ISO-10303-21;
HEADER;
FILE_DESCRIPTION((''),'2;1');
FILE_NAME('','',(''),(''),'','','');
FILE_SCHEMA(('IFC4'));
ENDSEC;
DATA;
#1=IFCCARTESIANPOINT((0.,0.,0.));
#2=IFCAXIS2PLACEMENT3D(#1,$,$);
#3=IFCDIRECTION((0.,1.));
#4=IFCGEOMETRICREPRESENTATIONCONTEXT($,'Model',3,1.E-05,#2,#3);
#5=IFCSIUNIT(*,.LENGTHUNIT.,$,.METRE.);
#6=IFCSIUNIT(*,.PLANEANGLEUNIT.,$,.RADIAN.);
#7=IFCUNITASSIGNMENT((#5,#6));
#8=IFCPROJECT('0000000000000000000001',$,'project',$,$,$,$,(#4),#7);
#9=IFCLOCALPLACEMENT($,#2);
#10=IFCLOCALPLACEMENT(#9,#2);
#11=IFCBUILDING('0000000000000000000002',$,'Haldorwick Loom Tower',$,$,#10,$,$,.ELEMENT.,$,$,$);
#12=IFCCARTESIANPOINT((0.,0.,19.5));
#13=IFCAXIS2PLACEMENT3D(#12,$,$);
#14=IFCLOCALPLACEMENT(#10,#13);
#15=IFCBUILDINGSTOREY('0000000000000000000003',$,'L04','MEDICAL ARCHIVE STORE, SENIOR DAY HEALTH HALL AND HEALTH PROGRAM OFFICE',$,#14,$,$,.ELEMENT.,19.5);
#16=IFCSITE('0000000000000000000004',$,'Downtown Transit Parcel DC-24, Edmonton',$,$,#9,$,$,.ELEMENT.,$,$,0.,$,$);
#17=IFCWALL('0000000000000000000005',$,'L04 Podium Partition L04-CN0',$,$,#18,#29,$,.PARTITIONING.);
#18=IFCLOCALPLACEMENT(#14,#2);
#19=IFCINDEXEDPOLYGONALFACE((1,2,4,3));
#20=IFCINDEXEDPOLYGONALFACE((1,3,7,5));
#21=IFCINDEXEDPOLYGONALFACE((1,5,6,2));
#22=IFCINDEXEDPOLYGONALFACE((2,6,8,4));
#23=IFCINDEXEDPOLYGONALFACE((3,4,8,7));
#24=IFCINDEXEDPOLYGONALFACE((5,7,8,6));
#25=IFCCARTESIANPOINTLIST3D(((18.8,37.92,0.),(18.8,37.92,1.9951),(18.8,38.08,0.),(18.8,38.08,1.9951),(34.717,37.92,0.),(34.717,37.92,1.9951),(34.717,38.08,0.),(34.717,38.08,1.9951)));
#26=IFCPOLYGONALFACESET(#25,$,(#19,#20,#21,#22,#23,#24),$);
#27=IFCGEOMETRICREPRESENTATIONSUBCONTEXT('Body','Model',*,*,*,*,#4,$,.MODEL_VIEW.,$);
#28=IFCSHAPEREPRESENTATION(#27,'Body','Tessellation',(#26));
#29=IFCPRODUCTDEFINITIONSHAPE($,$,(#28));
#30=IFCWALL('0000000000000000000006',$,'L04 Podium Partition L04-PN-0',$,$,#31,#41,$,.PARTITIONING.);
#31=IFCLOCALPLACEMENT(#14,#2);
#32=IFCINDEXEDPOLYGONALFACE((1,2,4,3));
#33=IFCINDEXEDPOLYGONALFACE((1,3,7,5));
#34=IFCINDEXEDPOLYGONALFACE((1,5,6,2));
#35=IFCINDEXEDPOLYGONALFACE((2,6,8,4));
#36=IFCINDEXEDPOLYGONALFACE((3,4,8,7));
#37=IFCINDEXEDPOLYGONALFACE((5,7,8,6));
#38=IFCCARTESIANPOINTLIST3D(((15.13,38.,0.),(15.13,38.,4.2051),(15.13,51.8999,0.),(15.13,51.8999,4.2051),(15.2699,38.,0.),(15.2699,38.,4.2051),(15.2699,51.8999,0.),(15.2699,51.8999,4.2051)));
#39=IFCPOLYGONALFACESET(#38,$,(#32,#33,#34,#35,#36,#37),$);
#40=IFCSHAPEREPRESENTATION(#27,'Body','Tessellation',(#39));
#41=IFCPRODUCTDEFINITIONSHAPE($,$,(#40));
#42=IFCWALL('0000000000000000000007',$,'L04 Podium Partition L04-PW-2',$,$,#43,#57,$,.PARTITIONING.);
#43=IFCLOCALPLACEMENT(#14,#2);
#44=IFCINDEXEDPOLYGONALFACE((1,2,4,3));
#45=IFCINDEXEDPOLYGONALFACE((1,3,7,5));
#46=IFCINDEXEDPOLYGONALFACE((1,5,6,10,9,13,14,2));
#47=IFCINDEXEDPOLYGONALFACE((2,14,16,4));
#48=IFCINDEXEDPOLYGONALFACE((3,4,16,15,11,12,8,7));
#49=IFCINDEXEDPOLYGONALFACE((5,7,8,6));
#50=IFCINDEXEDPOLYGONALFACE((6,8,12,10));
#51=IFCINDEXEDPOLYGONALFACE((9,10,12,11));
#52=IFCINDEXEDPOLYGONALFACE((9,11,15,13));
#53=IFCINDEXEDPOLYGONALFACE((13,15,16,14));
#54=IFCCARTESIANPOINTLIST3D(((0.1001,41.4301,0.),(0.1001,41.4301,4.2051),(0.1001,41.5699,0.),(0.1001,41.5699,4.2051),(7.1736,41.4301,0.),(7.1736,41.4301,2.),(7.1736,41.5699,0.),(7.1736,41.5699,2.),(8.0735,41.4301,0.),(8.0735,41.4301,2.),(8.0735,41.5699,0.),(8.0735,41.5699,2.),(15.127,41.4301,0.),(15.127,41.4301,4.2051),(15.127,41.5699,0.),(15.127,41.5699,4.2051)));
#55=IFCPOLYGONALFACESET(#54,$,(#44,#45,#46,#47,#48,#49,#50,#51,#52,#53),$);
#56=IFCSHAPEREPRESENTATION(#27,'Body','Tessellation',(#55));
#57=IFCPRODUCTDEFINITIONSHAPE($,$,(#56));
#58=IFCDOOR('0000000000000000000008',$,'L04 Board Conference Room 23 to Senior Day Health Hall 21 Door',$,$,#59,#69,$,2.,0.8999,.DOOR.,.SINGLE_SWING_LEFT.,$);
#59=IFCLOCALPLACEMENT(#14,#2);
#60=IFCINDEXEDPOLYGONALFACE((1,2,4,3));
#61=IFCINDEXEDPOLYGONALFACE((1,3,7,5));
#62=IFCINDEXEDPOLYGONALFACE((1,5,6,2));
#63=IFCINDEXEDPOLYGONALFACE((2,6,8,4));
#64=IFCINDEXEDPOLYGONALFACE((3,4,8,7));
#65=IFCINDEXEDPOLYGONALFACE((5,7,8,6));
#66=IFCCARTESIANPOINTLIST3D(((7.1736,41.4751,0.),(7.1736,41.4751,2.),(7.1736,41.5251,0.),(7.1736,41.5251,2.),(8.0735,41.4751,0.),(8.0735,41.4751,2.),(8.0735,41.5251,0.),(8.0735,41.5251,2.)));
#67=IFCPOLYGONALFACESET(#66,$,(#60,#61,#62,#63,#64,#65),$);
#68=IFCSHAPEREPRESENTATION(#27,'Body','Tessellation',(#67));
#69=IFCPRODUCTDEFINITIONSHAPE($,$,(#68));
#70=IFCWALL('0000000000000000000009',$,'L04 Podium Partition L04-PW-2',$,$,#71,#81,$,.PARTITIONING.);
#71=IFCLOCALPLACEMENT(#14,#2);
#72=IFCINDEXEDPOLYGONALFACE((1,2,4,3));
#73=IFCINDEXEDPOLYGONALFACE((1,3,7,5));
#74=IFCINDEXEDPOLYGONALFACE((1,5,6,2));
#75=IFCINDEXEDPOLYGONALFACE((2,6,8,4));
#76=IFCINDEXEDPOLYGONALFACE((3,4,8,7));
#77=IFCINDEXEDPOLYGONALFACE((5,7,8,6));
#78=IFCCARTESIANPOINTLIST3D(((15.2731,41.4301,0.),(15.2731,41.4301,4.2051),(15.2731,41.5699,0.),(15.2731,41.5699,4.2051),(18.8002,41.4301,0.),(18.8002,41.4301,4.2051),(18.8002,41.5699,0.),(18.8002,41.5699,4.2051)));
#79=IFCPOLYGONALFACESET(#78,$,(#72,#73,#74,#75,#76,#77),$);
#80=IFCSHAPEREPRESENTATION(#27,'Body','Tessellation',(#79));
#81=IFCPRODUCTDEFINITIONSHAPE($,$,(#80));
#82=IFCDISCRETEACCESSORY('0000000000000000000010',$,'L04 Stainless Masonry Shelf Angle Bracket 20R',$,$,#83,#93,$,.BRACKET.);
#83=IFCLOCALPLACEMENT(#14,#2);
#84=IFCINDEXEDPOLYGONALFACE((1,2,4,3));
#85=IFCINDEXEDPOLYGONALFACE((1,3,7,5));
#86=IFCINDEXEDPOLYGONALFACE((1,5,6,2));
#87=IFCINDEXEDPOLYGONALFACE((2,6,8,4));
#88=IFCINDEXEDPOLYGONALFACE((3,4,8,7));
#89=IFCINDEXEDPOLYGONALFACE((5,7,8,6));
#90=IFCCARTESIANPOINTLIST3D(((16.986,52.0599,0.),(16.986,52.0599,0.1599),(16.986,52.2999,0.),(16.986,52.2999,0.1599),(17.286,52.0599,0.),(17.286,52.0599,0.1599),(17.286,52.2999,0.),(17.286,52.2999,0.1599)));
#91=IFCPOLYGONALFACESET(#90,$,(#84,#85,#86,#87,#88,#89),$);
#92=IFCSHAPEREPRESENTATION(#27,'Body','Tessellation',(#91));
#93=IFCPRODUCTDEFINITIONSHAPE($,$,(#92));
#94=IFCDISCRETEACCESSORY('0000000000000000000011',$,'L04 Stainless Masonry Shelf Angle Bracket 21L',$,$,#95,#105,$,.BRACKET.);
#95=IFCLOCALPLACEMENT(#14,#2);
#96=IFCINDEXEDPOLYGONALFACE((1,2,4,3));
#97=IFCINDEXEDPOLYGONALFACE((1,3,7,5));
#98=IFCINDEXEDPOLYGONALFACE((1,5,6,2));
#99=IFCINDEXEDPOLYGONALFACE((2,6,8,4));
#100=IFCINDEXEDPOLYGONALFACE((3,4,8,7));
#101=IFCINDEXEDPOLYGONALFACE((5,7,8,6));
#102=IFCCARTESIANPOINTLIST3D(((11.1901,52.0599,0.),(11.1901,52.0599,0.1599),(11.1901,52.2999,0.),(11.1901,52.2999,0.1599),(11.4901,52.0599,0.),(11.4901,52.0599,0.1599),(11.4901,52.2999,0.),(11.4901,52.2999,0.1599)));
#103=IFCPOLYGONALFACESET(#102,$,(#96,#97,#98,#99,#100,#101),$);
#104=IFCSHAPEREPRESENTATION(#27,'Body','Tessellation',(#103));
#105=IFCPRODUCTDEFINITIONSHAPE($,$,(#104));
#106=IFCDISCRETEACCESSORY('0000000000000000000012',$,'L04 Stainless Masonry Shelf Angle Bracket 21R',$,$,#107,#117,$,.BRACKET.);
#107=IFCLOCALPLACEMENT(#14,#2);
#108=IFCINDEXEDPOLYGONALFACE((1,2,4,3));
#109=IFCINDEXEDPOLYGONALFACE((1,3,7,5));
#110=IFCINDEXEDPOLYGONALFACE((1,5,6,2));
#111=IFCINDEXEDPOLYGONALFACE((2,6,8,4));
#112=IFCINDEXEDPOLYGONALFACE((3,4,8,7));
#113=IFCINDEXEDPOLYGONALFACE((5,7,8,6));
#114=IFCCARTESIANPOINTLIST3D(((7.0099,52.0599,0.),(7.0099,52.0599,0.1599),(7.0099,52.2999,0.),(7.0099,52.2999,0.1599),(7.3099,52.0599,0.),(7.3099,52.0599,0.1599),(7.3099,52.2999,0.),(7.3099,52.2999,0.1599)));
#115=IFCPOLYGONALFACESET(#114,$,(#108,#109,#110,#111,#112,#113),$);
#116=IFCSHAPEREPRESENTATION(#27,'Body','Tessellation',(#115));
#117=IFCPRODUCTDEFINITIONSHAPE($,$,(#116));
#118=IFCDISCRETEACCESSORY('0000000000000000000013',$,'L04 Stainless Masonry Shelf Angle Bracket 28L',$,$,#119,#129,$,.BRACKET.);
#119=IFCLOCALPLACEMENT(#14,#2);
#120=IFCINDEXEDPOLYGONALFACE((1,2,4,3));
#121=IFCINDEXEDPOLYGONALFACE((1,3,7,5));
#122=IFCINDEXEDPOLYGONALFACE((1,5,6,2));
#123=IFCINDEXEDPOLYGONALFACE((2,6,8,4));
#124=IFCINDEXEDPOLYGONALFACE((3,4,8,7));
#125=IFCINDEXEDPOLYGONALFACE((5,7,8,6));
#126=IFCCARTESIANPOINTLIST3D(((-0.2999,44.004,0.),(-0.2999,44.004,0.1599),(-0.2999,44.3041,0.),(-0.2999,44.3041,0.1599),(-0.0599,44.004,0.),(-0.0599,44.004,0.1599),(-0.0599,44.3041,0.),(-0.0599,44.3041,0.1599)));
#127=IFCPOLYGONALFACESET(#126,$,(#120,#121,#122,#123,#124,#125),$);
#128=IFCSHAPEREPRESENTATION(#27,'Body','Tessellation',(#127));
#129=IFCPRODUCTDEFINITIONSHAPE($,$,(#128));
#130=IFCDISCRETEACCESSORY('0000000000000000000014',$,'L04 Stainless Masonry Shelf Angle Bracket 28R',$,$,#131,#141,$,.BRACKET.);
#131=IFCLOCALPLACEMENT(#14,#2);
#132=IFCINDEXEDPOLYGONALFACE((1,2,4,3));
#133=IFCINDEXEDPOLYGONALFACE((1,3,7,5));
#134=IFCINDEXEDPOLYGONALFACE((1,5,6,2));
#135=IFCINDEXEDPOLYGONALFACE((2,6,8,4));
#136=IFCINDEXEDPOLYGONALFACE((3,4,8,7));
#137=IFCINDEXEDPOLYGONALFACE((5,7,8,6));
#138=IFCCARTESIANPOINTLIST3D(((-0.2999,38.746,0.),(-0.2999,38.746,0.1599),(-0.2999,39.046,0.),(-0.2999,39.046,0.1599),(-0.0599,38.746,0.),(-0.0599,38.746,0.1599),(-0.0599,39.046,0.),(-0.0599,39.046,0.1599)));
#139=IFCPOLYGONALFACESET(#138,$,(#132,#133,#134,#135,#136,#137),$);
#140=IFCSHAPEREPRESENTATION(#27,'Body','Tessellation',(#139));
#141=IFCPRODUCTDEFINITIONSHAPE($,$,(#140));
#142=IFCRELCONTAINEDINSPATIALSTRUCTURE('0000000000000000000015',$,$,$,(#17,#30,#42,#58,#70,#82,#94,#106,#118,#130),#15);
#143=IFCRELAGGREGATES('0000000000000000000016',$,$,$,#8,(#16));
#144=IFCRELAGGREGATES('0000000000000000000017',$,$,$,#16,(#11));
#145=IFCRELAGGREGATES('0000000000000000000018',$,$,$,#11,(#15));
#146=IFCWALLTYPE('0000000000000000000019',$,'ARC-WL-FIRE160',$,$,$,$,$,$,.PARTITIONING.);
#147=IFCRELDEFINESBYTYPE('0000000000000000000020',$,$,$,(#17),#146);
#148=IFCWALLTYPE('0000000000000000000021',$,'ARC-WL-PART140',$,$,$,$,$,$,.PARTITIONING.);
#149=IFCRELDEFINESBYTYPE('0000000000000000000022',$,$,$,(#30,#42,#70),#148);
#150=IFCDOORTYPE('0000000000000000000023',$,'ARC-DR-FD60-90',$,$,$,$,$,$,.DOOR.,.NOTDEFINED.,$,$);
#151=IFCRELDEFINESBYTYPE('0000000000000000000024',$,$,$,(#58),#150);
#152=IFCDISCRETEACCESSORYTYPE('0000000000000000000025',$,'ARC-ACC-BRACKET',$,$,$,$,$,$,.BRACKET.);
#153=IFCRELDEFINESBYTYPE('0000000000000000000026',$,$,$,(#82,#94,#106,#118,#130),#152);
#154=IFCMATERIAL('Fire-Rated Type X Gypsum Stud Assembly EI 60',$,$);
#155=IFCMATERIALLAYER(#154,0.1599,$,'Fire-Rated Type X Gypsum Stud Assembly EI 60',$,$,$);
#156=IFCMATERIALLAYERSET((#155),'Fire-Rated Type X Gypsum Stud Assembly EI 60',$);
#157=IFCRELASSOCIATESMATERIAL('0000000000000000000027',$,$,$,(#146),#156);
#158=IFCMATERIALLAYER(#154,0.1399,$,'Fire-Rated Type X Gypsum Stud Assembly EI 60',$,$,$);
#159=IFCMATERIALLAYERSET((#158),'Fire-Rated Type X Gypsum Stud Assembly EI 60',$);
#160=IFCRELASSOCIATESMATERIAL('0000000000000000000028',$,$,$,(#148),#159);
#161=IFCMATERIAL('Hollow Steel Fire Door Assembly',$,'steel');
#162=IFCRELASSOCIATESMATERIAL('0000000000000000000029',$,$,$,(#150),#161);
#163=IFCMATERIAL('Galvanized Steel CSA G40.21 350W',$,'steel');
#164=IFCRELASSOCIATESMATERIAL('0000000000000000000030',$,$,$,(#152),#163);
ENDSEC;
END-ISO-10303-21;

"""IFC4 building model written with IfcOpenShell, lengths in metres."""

from ifc_helpers import new_model, si_unit, direction, frame, frame_2d, origin, origin_2d, place, context, subcontext, project, spatial, rectangle, extrude, material, layer, layer_set, type_object, element, fill, save


model = new_model("IFC4")

# Units and contexts
model_context = context("Model", 3, precision=1e-05, world=origin(), true_north=direction((0.0, 1.0)))
body_context = subcontext(model_context, "Body", "Model", "MODEL_VIEW")
ifc_project = project(units=[si_unit("LENGTHUNIT", "METRE"), si_unit("PLANEANGLEUNIT", "RADIAN")], contexts=[model_context])

# Site, building, storey
site_placement = place(None, origin())
site = spatial("IfcSite", under=ifc_project, at=site_placement, Name="Downtown Transit Parcel DC-24, Edmonton", CompositionType="ELEMENT", RefElevation=0.0)
building_placement = place(site_placement, origin())
building = spatial("IfcBuilding", under=site, at=building_placement, Name="Haldorwick Loom Tower", CompositionType="ELEMENT")
storey_placement = place(building_placement, frame((0.0, 0.0, 19.5)))
storey = spatial("IfcBuildingStorey", under=building, at=storey_placement, Name="L04", Description="MEDICAL ARCHIVE STORE, SENIOR DAY HEALTH HALL AND HEALTH PROGRAM OFFICE", CompositionType="ELEMENT", Elevation=19.5)

# Walls
ifc_material_1 = material(Name="Fire-Rated Type X Gypsum Stud Assembly EI 60")
ifc_layer_1 = layer(ifc_material_1, 0.1599, Name="Fire-Rated Type X Gypsum Stud Assembly EI 60")
ifc_layer_set_1 = layer_set([ifc_layer_1], Name="Fire-Rated Type X Gypsum Stud Assembly EI 60")
wall_type_1 = type_object("IfcWallType", Name="ARC-WL-FIRE160", PredefinedType="PARTITIONING", material=ifc_layer_set_1)
wall_1_placement = place(storey_placement, frame((18.8, 38.0, 0.0), z_axis=(0.0, 0.0, 1.0), x_axis=(1.0, 0.0, 0.0)))
element("IfcWall", 1, at=wall_1_placement, inside=storey, type_object=wall_type_1, Name="L04 Podium Partition L04-CN0", PredefinedType="PARTITIONING", context=body_context, shape_type="SweptSolid", body=[
    extrude(rectangle(XDim=15.917, YDim=0.1599, at=frame_2d((7.9585, 0.0))), origin(), (0.0, 0.0, 1.0), 1.9951),
])
ifc_layer_2 = layer(ifc_material_1, 0.1399, Name="Fire-Rated Type X Gypsum Stud Assembly EI 60")
ifc_layer_set_2 = layer_set([ifc_layer_2], Name="Fire-Rated Type X Gypsum Stud Assembly EI 60")
wall_type_2 = type_object("IfcWallType", Name="ARC-WL-PART140", PredefinedType="PARTITIONING", material=ifc_layer_set_2)
wall_2_placement = place(storey_placement, frame((15.2, 38.0, 0.0), z_axis=(0.0, 0.0, 1.0), x_axis=(0.0, 1.0, 0.0)))
element("IfcWall", 2, at=wall_2_placement, inside=storey, type_object=wall_type_2, Name="L04 Podium Partition L04-PN-0", PredefinedType="PARTITIONING", context=body_context, shape_type="SweptSolid", body=[
    extrude(rectangle(XDim=13.8999, YDim=0.1399, at=frame_2d((6.95, 0.0))), origin(), (0.0, 0.0, 1.0), 4.2051),
])

# Wall, opening, door
wall_3_placement = place(storey_placement, frame((0.1001, 41.5, 0.0), z_axis=(0.0, 0.0, 1.0), x_axis=(1.0, 0.0, 0.0)))
wall_3 = element("IfcWall", 3, at=wall_3_placement, inside=storey, type_object=wall_type_2, Name="L04 Podium Partition L04-PW-2", PredefinedType="PARTITIONING", context=body_context, shape_type="SweptSolid", body=[
    extrude(rectangle(XDim=15.0269, YDim=0.1399, at=frame_2d((7.5134, 0.0))), origin(), (0.0, 0.0, 1.0), 4.2051),
])
opening_1_placement = place(wall_3_placement, frame((7.0735, 0.0, 0.0)))
opening_1 = element("IfcOpeningElement", 4, at=opening_1_placement, cuts=wall_3, PredefinedType="OPENING", context=body_context, shape_type="SweptSolid", body=[
    extrude(rectangle(XDim=0.8999, YDim=2.0, at=frame_2d((0.45, 1.0))), frame((0.0, 0.0798, 0.0), z_axis=(0.0, -1.0, 0.0), x_axis=(1.0, 0.0, 0.0)), (0.0, 0.0, 1.0), 0.1599),
])
ifc_material_2 = material(Name="Hollow Steel Fire Door Assembly", Category="steel")
door_type = type_object("IfcDoorType", Name="ARC-DR-FD60-90", OperationType="NOTDEFINED", PredefinedType="DOOR", material=ifc_material_2)
door_placement = place(opening_1_placement, frame((0.8999, 0.0, 0.0), z_axis=(0.0, 0.0, 1.0), x_axis=(-1.0, 0.0, 0.0)))
door = element("IfcDoor", 5, at=door_placement, inside=storey, type_object=door_type, Name="L04 Board Conference Room 23 to Senior Day Health Hall 21 Door", OperationType="SINGLE_SWING_LEFT", OverallHeight=2.0, OverallWidth=0.8999, PredefinedType="DOOR", context=body_context, shape_type="SweptSolid", body=[
    extrude(rectangle(XDim=0.8999, YDim=2.0, at=frame_2d((0.45, 1.0))), frame((0.0, 0.0249, 0.0), z_axis=(0.0, -1.0, 0.0), x_axis=(1.0, 0.0, 0.0)), (0.0, 0.0, 1.0), 0.05),
])
fill(opening_1, door)

# Wall
wall_4_placement = place(storey_placement, frame((15.2729, 41.5, 0.0), z_axis=(0.0, 0.0, 1.0), x_axis=(1.0, 0.0, 0.0)))
element("IfcWall", 6, at=wall_4_placement, inside=storey, type_object=wall_type_2, Name="L04 Podium Partition L04-PW-2", PredefinedType="PARTITIONING", context=body_context, shape_type="SweptSolid", body=[
    extrude(rectangle(XDim=3.5271, YDim=0.1399, at=frame_2d((1.7637, 0.0))), origin(), (0.0, 0.0, 1.0), 4.2051),
])

# Discrete accessories
ifc_material_3 = material(Name="Galvanized Steel CSA G40.21 350W", Category="steel")
discrete_accessory_type = type_object("IfcDiscreteAccessoryType", Name="ARC-ACC-BRACKET", PredefinedType="BRACKET", material=ifc_material_3)
for number, where, z_axis, x_axis, name in (
    (7, (17.136, 52.1799, 0.0), (0.0, 0.0, 1.0), (-1.0, 0.0, 0.0), "L04 Stainless Masonry Shelf Angle Bracket 20R"),
    (8, (11.3401, 52.1799, 0.0), (0.0, 0.0, 1.0), (-1.0, 0.0, 0.0), "L04 Stainless Masonry Shelf Angle Bracket 21L"),
    (9, (7.1599, 52.1799, 0.0), (0.0, 0.0, 1.0), (-1.0, 0.0, 0.0), "L04 Stainless Masonry Shelf Angle Bracket 21R"),
    (10, (-0.1799, 44.1541, 0.0), (0.0, 0.0, 1.0), (0.0, -1.0, 0.0), "L04 Stainless Masonry Shelf Angle Bracket 28L"),
    (11, (-0.1799, 38.896, 0.0), (0.0, 0.0, 1.0), (0.0, -1.0, 0.0), "L04 Stainless Masonry Shelf Angle Bracket 28R"),
):
    element("IfcDiscreteAccessory", number, at=place(storey_placement, frame(where, z_axis=z_axis, x_axis=x_axis)), inside=storey, type_object=discrete_accessory_type, Name=name, PredefinedType="BRACKET", context=body_context, shape_type="SweptSolid", body=[
        extrude(rectangle(XDim=0.3, YDim=0.24, at=origin_2d()), origin(), (0.0, 0.0, 1.0), 0.1599),
    ])

save(model, "model.ifc")
